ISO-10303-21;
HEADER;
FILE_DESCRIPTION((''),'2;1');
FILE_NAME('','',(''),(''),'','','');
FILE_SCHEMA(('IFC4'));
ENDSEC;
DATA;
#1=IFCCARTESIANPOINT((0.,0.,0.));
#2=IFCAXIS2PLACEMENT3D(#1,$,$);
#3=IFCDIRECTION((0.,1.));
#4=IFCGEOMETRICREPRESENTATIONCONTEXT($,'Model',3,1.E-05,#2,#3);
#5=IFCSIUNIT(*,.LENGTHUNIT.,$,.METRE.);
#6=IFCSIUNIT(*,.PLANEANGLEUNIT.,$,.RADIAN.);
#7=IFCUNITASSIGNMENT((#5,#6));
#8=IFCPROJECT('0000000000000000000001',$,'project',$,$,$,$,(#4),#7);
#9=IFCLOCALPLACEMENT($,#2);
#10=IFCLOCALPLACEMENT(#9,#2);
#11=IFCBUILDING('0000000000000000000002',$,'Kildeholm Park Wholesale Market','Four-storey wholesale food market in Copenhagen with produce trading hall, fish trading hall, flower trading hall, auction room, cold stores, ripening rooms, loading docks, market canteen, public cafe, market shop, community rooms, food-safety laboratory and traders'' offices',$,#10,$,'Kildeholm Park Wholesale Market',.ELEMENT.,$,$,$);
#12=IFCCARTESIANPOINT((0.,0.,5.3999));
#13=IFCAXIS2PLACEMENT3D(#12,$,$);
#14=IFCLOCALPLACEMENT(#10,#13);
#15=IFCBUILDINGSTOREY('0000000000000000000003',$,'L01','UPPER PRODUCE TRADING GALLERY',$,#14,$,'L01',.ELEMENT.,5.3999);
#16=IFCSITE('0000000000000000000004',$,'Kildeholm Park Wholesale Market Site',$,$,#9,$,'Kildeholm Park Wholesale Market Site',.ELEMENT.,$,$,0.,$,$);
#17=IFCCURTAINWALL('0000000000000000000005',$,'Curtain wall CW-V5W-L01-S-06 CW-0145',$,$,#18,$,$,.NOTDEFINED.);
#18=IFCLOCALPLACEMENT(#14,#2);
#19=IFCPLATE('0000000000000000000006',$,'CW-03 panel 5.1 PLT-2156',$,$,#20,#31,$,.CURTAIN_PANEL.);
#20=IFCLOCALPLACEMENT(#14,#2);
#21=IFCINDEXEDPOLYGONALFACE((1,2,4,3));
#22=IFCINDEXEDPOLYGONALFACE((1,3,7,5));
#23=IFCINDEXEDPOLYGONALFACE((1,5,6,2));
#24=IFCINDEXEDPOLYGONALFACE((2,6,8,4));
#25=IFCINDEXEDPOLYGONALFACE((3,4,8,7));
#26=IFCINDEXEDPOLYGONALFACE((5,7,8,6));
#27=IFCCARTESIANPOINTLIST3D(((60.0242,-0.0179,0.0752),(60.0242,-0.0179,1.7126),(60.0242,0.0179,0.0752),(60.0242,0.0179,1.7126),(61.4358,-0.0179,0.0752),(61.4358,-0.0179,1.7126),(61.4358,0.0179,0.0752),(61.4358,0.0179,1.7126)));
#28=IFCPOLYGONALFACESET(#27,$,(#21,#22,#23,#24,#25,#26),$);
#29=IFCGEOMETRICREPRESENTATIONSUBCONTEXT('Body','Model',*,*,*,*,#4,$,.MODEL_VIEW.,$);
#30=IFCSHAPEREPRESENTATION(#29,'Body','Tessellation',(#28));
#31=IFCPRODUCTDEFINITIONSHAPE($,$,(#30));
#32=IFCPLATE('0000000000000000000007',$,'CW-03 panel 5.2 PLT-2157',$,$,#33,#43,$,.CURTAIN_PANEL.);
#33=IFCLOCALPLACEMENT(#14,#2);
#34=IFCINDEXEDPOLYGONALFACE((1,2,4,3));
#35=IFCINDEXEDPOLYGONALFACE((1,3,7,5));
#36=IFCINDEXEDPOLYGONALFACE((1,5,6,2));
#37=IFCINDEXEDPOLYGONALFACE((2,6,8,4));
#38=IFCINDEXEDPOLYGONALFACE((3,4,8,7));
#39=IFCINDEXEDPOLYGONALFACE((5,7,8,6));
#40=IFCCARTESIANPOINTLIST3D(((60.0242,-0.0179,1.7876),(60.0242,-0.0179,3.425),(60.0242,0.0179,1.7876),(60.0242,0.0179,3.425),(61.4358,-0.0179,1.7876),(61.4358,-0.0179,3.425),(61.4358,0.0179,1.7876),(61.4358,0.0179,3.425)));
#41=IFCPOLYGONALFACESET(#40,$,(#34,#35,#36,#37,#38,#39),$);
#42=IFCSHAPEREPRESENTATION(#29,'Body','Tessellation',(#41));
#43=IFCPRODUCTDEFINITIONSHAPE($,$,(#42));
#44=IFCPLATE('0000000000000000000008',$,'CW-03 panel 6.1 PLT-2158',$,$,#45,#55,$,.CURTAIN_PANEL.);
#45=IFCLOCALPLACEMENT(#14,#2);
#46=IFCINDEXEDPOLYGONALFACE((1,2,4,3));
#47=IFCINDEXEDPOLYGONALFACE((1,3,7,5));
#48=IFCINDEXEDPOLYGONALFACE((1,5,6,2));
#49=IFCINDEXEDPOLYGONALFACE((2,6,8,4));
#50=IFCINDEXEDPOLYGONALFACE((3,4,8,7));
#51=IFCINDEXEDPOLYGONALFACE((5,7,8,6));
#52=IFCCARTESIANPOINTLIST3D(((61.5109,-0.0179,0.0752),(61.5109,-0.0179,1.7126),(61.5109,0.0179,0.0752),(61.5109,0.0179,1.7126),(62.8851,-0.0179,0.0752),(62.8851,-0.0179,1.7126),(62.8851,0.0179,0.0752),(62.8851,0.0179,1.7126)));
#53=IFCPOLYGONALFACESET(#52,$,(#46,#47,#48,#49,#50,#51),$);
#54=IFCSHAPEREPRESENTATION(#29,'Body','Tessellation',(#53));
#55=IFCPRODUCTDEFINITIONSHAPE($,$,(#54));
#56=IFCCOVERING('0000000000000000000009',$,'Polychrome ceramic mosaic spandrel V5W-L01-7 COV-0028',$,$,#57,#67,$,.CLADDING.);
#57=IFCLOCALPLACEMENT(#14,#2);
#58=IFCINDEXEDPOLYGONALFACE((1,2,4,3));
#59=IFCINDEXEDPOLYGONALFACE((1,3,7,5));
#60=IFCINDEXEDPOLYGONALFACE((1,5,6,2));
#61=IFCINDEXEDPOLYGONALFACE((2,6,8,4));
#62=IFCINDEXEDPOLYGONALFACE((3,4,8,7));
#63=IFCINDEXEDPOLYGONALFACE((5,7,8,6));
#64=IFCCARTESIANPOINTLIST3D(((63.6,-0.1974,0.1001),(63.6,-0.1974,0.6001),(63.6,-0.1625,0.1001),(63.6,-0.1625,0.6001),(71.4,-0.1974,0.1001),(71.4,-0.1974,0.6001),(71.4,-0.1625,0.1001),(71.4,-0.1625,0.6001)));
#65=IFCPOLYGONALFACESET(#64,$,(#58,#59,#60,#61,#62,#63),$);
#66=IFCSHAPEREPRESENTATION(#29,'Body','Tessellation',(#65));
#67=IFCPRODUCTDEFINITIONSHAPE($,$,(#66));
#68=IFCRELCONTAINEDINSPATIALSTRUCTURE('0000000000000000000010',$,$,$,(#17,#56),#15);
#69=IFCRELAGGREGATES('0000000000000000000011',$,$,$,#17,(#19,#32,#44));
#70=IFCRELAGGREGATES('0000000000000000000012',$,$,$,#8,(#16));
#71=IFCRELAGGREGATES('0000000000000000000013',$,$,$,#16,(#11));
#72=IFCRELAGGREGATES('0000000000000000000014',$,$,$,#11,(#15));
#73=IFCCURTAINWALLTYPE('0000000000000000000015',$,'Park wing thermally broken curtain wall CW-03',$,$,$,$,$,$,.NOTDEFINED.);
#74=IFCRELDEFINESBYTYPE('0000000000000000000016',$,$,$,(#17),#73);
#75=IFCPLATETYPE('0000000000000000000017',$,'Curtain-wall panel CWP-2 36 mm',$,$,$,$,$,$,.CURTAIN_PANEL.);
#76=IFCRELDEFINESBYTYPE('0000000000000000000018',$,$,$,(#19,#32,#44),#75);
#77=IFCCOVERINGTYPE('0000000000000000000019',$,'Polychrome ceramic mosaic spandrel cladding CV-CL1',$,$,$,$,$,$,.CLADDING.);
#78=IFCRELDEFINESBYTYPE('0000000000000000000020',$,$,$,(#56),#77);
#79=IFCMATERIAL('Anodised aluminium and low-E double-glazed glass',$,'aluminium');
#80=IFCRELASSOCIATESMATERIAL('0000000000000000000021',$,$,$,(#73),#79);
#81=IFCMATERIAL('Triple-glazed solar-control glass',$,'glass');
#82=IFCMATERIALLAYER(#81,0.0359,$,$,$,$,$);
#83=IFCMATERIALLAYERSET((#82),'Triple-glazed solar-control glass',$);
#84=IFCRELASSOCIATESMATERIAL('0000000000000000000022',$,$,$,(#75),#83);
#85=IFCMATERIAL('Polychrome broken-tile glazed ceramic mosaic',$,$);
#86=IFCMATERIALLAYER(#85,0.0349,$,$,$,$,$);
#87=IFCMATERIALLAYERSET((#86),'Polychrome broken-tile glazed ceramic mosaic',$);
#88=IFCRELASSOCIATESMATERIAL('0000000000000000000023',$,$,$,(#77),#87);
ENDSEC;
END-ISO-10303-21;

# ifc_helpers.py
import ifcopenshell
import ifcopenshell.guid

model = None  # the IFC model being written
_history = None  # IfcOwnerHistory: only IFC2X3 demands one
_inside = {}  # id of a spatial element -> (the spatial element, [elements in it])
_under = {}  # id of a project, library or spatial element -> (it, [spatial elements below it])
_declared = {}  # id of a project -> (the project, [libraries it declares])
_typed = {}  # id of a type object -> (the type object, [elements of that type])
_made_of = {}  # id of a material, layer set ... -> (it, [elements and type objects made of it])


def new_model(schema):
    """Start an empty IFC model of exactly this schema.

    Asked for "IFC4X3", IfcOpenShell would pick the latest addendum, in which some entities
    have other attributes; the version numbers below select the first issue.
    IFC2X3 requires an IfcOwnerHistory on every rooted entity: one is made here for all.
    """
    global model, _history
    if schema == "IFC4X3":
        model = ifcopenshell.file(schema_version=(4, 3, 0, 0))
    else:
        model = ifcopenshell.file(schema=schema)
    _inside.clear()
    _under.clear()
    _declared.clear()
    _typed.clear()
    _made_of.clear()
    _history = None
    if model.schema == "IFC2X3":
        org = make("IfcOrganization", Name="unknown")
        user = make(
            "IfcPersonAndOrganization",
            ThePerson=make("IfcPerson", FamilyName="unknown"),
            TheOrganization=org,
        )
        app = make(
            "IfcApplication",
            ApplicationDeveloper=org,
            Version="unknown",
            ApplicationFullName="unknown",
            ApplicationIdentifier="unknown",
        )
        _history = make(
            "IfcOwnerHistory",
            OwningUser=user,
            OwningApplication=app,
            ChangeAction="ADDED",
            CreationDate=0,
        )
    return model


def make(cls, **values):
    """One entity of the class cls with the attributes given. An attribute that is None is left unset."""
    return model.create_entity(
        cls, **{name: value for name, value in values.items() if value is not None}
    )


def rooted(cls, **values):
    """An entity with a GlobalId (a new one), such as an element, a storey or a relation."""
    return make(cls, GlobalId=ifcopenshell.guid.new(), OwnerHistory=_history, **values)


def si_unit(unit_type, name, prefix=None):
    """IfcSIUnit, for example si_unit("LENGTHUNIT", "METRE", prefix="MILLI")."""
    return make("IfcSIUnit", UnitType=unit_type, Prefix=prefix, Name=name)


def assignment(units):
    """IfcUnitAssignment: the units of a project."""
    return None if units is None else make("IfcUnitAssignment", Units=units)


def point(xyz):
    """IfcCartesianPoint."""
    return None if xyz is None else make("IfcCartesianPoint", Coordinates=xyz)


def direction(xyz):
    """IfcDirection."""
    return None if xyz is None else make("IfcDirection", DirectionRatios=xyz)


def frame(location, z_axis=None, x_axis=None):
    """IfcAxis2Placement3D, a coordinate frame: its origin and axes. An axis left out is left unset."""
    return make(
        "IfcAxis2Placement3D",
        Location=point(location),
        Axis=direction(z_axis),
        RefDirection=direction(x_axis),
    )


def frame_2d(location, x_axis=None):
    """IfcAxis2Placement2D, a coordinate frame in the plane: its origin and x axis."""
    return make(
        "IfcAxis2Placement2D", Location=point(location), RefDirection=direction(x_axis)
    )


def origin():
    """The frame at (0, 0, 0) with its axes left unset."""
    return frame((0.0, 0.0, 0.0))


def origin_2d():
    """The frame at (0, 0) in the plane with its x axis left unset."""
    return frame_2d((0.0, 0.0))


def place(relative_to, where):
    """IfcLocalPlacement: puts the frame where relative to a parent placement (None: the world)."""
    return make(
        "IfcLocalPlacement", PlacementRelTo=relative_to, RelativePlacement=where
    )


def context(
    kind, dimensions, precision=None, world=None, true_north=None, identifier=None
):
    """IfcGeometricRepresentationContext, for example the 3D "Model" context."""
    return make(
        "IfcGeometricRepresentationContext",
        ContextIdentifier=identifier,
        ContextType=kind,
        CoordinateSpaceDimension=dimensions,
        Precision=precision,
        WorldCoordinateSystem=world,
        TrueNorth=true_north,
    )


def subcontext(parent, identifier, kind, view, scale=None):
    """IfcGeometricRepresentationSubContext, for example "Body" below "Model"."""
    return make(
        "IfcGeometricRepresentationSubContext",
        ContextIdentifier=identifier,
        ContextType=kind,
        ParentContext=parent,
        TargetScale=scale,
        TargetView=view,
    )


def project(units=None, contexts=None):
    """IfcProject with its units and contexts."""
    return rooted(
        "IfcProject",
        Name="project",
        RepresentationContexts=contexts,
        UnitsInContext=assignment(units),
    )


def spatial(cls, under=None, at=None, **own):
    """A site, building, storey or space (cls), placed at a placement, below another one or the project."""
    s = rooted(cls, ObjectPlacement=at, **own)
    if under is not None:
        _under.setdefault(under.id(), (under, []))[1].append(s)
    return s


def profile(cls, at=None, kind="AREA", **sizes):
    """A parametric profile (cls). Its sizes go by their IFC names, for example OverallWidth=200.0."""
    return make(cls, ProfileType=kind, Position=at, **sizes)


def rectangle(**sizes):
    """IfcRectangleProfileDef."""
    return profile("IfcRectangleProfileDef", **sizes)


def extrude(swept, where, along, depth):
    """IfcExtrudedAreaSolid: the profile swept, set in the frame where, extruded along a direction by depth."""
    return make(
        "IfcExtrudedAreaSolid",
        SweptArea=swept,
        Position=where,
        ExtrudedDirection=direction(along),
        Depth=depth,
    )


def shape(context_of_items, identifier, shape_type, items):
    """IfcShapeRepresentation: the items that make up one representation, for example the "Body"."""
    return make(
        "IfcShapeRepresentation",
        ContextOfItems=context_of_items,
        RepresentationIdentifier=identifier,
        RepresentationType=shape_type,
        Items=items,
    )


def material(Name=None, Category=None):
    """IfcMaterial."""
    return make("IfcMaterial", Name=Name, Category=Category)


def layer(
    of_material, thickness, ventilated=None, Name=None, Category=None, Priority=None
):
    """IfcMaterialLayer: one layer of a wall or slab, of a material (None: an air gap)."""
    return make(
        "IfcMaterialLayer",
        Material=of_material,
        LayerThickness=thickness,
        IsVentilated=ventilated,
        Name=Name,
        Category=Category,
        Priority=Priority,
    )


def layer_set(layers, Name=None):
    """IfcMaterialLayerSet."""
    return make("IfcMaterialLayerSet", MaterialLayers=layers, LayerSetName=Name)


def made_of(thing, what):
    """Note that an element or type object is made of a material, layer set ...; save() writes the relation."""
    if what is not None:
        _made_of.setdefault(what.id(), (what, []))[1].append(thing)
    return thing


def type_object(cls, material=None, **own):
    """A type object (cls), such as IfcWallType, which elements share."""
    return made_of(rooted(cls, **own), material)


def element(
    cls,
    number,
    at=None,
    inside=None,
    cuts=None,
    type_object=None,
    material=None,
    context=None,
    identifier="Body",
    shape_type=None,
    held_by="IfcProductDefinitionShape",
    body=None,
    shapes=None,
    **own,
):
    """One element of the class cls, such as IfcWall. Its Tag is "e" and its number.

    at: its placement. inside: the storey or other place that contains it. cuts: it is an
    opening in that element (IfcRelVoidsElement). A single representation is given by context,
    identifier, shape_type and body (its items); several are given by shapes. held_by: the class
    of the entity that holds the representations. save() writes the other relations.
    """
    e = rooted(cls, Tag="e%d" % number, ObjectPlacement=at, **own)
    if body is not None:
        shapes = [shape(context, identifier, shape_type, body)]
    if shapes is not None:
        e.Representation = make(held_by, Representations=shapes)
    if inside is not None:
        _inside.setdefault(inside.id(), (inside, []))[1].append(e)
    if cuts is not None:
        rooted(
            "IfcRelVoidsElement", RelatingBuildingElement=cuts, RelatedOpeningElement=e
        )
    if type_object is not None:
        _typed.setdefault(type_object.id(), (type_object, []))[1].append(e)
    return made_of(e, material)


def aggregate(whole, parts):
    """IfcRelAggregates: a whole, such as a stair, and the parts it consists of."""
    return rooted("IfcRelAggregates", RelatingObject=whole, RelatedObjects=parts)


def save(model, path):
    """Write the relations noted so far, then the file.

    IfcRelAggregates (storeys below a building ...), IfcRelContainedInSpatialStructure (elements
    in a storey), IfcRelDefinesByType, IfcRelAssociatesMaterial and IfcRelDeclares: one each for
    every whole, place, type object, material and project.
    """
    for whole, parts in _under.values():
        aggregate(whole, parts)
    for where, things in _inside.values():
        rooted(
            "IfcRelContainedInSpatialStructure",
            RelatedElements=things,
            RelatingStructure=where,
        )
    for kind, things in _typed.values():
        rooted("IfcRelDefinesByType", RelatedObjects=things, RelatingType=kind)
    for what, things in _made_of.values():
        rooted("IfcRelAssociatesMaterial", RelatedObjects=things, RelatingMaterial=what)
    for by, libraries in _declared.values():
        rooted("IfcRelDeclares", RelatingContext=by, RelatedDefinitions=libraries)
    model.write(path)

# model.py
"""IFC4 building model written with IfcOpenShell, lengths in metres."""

from ifc_helpers import new_model, si_unit, direction, frame, origin, origin_2d, place, context, subcontext, project, spatial, rectangle, extrude, material, layer, layer_set, type_object, element, aggregate, save


model = new_model("IFC4")

# Units and contexts
model_context = context("Model", 3, precision=1e-05, world=origin(), true_north=direction((0.0, 1.0)))
body_context = subcontext(model_context, "Body", "Model", "MODEL_VIEW")
ifc_project = project(units=[si_unit("LENGTHUNIT", "METRE"), si_unit("PLANEANGLEUNIT", "RADIAN")], contexts=[model_context])

# Site, building, storey
site_placement = place(None, origin())
site = spatial("IfcSite", under=ifc_project, at=site_placement, Name="Kildeholm Park Wholesale Market Site", LongName="Kildeholm Park Wholesale Market Site", CompositionType="ELEMENT", RefElevation=0.0)
building_placement = place(site_placement, origin())
building = spatial("IfcBuilding", under=site, at=building_placement, Name="Kildeholm Park Wholesale Market", Description="Four-storey wholesale food market in Copenhagen with produce trading hall, fish trading hall, flower trading hall, auction room, cold stores, ripening rooms, loading docks, market canteen, public cafe, market shop, community rooms, food-safety laboratory and traders' offices", LongName="Kildeholm Park Wholesale Market", CompositionType="ELEMENT")
storey_placement = place(building_placement, frame((0.0, 0.0, 5.3999)))
storey = spatial("IfcBuildingStorey", under=building, at=storey_placement, Name="L01", Description="UPPER PRODUCE TRADING GALLERY", LongName="L01", CompositionType="ELEMENT", Elevation=5.3999)

# Curtain wall, plates
ifc_material_1 = material(Name="Anodised aluminium and low-E double-glazed glass", Category="aluminium")
curtain_wall_type = type_object("IfcCurtainWallType", Name="Park wing thermally broken curtain wall CW-03", PredefinedType="NOTDEFINED", material=ifc_material_1)
curtain_wall_placement = place(storey_placement, origin())
curtain_wall = element("IfcCurtainWall", 1, at=curtain_wall_placement, inside=storey, type_object=curtain_wall_type, Name="Curtain wall CW-V5W-L01-S-06 CW-0145", PredefinedType="NOTDEFINED")
ifc_material_2 = material(Name="Triple-glazed solar-control glass", Category="glass")
ifc_layer_1 = layer(ifc_material_2, 0.0359)
ifc_layer_set_1 = layer_set([ifc_layer_1], Name="Triple-glazed solar-control glass")
plate_type = type_object("IfcPlateType", Name="Curtain-wall panel CWP-2 36 mm", PredefinedType="CURTAIN_PANEL", material=ifc_layer_set_1)
plate_1_placement = place(storey_placement, frame((60.73, 0.0, 0.0752), z_axis=(0.0, 0.0, 1.0), x_axis=(1.0, 0.0, 0.0)))
plate_1 = element("IfcPlate", 2, at=plate_1_placement, type_object=plate_type, Name="CW-03 panel 5.1 PLT-2156", PredefinedType="CURTAIN_PANEL", context=body_context, shape_type="SweptSolid", body=[
    extrude(rectangle(XDim=1.4116, YDim=0.0359, at=origin_2d()), origin(), (0.0, 0.0, 1.0), 1.6375),
])
plate_2_placement = place(storey_placement, frame((60.73, 0.0, 1.7876), z_axis=(0.0, 0.0, 1.0), x_axis=(1.0, 0.0, 0.0)))
plate_2 = element("IfcPlate", 3, at=plate_2_placement, type_object=plate_type, Name="CW-03 panel 5.2 PLT-2157", PredefinedType="CURTAIN_PANEL", context=body_context, shape_type="SweptSolid", body=[
    extrude(rectangle(XDim=1.4116, YDim=0.0359, at=origin_2d()), origin(), (0.0, 0.0, 1.0), 1.6375),
])
plate_3_placement = place(storey_placement, frame((62.198, 0.0, 0.0752), z_axis=(0.0, 0.0, 1.0), x_axis=(1.0, 0.0, 0.0)))
plate_3 = element("IfcPlate", 4, at=plate_3_placement, type_object=plate_type, Name="CW-03 panel 6.1 PLT-2158", PredefinedType="CURTAIN_PANEL", context=body_context, shape_type="SweptSolid", body=[
    extrude(rectangle(XDim=1.3743, YDim=0.0359, at=origin_2d()), origin(), (0.0, 0.0, 1.0), 1.6375),
])
aggregate(curtain_wall, [plate_1, plate_2, plate_3])

# Covering
ifc_material_3 = material(Name="Polychrome broken-tile glazed ceramic mosaic")
ifc_layer_2 = layer(ifc_material_3, 0.0349)
ifc_layer_set_2 = layer_set([ifc_layer_2], Name="Polychrome broken-tile glazed ceramic mosaic")
covering_type = type_object("IfcCoveringType", Name="Polychrome ceramic mosaic spandrel cladding CV-CL1", PredefinedType="CLADDING", material=ifc_layer_set_2)
covering_placement = place(storey_placement, frame((67.5, -0.1799, 0.1001), z_axis=(0.0, 0.0, 1.0), x_axis=(1.0, 0.0, 0.0)))
element("IfcCovering", 5, at=covering_placement, inside=storey, type_object=covering_type, Name="Polychrome ceramic mosaic spandrel V5W-L01-7 COV-0028", PredefinedType="CLADDING", context=body_context, shape_type="SweptSolid", body=[
    extrude(rectangle(XDim=7.8, YDim=0.0349, at=origin_2d()), origin(), (0.0, 0.0, 1.0), 0.5),
])

save(model, "model.ifc")
